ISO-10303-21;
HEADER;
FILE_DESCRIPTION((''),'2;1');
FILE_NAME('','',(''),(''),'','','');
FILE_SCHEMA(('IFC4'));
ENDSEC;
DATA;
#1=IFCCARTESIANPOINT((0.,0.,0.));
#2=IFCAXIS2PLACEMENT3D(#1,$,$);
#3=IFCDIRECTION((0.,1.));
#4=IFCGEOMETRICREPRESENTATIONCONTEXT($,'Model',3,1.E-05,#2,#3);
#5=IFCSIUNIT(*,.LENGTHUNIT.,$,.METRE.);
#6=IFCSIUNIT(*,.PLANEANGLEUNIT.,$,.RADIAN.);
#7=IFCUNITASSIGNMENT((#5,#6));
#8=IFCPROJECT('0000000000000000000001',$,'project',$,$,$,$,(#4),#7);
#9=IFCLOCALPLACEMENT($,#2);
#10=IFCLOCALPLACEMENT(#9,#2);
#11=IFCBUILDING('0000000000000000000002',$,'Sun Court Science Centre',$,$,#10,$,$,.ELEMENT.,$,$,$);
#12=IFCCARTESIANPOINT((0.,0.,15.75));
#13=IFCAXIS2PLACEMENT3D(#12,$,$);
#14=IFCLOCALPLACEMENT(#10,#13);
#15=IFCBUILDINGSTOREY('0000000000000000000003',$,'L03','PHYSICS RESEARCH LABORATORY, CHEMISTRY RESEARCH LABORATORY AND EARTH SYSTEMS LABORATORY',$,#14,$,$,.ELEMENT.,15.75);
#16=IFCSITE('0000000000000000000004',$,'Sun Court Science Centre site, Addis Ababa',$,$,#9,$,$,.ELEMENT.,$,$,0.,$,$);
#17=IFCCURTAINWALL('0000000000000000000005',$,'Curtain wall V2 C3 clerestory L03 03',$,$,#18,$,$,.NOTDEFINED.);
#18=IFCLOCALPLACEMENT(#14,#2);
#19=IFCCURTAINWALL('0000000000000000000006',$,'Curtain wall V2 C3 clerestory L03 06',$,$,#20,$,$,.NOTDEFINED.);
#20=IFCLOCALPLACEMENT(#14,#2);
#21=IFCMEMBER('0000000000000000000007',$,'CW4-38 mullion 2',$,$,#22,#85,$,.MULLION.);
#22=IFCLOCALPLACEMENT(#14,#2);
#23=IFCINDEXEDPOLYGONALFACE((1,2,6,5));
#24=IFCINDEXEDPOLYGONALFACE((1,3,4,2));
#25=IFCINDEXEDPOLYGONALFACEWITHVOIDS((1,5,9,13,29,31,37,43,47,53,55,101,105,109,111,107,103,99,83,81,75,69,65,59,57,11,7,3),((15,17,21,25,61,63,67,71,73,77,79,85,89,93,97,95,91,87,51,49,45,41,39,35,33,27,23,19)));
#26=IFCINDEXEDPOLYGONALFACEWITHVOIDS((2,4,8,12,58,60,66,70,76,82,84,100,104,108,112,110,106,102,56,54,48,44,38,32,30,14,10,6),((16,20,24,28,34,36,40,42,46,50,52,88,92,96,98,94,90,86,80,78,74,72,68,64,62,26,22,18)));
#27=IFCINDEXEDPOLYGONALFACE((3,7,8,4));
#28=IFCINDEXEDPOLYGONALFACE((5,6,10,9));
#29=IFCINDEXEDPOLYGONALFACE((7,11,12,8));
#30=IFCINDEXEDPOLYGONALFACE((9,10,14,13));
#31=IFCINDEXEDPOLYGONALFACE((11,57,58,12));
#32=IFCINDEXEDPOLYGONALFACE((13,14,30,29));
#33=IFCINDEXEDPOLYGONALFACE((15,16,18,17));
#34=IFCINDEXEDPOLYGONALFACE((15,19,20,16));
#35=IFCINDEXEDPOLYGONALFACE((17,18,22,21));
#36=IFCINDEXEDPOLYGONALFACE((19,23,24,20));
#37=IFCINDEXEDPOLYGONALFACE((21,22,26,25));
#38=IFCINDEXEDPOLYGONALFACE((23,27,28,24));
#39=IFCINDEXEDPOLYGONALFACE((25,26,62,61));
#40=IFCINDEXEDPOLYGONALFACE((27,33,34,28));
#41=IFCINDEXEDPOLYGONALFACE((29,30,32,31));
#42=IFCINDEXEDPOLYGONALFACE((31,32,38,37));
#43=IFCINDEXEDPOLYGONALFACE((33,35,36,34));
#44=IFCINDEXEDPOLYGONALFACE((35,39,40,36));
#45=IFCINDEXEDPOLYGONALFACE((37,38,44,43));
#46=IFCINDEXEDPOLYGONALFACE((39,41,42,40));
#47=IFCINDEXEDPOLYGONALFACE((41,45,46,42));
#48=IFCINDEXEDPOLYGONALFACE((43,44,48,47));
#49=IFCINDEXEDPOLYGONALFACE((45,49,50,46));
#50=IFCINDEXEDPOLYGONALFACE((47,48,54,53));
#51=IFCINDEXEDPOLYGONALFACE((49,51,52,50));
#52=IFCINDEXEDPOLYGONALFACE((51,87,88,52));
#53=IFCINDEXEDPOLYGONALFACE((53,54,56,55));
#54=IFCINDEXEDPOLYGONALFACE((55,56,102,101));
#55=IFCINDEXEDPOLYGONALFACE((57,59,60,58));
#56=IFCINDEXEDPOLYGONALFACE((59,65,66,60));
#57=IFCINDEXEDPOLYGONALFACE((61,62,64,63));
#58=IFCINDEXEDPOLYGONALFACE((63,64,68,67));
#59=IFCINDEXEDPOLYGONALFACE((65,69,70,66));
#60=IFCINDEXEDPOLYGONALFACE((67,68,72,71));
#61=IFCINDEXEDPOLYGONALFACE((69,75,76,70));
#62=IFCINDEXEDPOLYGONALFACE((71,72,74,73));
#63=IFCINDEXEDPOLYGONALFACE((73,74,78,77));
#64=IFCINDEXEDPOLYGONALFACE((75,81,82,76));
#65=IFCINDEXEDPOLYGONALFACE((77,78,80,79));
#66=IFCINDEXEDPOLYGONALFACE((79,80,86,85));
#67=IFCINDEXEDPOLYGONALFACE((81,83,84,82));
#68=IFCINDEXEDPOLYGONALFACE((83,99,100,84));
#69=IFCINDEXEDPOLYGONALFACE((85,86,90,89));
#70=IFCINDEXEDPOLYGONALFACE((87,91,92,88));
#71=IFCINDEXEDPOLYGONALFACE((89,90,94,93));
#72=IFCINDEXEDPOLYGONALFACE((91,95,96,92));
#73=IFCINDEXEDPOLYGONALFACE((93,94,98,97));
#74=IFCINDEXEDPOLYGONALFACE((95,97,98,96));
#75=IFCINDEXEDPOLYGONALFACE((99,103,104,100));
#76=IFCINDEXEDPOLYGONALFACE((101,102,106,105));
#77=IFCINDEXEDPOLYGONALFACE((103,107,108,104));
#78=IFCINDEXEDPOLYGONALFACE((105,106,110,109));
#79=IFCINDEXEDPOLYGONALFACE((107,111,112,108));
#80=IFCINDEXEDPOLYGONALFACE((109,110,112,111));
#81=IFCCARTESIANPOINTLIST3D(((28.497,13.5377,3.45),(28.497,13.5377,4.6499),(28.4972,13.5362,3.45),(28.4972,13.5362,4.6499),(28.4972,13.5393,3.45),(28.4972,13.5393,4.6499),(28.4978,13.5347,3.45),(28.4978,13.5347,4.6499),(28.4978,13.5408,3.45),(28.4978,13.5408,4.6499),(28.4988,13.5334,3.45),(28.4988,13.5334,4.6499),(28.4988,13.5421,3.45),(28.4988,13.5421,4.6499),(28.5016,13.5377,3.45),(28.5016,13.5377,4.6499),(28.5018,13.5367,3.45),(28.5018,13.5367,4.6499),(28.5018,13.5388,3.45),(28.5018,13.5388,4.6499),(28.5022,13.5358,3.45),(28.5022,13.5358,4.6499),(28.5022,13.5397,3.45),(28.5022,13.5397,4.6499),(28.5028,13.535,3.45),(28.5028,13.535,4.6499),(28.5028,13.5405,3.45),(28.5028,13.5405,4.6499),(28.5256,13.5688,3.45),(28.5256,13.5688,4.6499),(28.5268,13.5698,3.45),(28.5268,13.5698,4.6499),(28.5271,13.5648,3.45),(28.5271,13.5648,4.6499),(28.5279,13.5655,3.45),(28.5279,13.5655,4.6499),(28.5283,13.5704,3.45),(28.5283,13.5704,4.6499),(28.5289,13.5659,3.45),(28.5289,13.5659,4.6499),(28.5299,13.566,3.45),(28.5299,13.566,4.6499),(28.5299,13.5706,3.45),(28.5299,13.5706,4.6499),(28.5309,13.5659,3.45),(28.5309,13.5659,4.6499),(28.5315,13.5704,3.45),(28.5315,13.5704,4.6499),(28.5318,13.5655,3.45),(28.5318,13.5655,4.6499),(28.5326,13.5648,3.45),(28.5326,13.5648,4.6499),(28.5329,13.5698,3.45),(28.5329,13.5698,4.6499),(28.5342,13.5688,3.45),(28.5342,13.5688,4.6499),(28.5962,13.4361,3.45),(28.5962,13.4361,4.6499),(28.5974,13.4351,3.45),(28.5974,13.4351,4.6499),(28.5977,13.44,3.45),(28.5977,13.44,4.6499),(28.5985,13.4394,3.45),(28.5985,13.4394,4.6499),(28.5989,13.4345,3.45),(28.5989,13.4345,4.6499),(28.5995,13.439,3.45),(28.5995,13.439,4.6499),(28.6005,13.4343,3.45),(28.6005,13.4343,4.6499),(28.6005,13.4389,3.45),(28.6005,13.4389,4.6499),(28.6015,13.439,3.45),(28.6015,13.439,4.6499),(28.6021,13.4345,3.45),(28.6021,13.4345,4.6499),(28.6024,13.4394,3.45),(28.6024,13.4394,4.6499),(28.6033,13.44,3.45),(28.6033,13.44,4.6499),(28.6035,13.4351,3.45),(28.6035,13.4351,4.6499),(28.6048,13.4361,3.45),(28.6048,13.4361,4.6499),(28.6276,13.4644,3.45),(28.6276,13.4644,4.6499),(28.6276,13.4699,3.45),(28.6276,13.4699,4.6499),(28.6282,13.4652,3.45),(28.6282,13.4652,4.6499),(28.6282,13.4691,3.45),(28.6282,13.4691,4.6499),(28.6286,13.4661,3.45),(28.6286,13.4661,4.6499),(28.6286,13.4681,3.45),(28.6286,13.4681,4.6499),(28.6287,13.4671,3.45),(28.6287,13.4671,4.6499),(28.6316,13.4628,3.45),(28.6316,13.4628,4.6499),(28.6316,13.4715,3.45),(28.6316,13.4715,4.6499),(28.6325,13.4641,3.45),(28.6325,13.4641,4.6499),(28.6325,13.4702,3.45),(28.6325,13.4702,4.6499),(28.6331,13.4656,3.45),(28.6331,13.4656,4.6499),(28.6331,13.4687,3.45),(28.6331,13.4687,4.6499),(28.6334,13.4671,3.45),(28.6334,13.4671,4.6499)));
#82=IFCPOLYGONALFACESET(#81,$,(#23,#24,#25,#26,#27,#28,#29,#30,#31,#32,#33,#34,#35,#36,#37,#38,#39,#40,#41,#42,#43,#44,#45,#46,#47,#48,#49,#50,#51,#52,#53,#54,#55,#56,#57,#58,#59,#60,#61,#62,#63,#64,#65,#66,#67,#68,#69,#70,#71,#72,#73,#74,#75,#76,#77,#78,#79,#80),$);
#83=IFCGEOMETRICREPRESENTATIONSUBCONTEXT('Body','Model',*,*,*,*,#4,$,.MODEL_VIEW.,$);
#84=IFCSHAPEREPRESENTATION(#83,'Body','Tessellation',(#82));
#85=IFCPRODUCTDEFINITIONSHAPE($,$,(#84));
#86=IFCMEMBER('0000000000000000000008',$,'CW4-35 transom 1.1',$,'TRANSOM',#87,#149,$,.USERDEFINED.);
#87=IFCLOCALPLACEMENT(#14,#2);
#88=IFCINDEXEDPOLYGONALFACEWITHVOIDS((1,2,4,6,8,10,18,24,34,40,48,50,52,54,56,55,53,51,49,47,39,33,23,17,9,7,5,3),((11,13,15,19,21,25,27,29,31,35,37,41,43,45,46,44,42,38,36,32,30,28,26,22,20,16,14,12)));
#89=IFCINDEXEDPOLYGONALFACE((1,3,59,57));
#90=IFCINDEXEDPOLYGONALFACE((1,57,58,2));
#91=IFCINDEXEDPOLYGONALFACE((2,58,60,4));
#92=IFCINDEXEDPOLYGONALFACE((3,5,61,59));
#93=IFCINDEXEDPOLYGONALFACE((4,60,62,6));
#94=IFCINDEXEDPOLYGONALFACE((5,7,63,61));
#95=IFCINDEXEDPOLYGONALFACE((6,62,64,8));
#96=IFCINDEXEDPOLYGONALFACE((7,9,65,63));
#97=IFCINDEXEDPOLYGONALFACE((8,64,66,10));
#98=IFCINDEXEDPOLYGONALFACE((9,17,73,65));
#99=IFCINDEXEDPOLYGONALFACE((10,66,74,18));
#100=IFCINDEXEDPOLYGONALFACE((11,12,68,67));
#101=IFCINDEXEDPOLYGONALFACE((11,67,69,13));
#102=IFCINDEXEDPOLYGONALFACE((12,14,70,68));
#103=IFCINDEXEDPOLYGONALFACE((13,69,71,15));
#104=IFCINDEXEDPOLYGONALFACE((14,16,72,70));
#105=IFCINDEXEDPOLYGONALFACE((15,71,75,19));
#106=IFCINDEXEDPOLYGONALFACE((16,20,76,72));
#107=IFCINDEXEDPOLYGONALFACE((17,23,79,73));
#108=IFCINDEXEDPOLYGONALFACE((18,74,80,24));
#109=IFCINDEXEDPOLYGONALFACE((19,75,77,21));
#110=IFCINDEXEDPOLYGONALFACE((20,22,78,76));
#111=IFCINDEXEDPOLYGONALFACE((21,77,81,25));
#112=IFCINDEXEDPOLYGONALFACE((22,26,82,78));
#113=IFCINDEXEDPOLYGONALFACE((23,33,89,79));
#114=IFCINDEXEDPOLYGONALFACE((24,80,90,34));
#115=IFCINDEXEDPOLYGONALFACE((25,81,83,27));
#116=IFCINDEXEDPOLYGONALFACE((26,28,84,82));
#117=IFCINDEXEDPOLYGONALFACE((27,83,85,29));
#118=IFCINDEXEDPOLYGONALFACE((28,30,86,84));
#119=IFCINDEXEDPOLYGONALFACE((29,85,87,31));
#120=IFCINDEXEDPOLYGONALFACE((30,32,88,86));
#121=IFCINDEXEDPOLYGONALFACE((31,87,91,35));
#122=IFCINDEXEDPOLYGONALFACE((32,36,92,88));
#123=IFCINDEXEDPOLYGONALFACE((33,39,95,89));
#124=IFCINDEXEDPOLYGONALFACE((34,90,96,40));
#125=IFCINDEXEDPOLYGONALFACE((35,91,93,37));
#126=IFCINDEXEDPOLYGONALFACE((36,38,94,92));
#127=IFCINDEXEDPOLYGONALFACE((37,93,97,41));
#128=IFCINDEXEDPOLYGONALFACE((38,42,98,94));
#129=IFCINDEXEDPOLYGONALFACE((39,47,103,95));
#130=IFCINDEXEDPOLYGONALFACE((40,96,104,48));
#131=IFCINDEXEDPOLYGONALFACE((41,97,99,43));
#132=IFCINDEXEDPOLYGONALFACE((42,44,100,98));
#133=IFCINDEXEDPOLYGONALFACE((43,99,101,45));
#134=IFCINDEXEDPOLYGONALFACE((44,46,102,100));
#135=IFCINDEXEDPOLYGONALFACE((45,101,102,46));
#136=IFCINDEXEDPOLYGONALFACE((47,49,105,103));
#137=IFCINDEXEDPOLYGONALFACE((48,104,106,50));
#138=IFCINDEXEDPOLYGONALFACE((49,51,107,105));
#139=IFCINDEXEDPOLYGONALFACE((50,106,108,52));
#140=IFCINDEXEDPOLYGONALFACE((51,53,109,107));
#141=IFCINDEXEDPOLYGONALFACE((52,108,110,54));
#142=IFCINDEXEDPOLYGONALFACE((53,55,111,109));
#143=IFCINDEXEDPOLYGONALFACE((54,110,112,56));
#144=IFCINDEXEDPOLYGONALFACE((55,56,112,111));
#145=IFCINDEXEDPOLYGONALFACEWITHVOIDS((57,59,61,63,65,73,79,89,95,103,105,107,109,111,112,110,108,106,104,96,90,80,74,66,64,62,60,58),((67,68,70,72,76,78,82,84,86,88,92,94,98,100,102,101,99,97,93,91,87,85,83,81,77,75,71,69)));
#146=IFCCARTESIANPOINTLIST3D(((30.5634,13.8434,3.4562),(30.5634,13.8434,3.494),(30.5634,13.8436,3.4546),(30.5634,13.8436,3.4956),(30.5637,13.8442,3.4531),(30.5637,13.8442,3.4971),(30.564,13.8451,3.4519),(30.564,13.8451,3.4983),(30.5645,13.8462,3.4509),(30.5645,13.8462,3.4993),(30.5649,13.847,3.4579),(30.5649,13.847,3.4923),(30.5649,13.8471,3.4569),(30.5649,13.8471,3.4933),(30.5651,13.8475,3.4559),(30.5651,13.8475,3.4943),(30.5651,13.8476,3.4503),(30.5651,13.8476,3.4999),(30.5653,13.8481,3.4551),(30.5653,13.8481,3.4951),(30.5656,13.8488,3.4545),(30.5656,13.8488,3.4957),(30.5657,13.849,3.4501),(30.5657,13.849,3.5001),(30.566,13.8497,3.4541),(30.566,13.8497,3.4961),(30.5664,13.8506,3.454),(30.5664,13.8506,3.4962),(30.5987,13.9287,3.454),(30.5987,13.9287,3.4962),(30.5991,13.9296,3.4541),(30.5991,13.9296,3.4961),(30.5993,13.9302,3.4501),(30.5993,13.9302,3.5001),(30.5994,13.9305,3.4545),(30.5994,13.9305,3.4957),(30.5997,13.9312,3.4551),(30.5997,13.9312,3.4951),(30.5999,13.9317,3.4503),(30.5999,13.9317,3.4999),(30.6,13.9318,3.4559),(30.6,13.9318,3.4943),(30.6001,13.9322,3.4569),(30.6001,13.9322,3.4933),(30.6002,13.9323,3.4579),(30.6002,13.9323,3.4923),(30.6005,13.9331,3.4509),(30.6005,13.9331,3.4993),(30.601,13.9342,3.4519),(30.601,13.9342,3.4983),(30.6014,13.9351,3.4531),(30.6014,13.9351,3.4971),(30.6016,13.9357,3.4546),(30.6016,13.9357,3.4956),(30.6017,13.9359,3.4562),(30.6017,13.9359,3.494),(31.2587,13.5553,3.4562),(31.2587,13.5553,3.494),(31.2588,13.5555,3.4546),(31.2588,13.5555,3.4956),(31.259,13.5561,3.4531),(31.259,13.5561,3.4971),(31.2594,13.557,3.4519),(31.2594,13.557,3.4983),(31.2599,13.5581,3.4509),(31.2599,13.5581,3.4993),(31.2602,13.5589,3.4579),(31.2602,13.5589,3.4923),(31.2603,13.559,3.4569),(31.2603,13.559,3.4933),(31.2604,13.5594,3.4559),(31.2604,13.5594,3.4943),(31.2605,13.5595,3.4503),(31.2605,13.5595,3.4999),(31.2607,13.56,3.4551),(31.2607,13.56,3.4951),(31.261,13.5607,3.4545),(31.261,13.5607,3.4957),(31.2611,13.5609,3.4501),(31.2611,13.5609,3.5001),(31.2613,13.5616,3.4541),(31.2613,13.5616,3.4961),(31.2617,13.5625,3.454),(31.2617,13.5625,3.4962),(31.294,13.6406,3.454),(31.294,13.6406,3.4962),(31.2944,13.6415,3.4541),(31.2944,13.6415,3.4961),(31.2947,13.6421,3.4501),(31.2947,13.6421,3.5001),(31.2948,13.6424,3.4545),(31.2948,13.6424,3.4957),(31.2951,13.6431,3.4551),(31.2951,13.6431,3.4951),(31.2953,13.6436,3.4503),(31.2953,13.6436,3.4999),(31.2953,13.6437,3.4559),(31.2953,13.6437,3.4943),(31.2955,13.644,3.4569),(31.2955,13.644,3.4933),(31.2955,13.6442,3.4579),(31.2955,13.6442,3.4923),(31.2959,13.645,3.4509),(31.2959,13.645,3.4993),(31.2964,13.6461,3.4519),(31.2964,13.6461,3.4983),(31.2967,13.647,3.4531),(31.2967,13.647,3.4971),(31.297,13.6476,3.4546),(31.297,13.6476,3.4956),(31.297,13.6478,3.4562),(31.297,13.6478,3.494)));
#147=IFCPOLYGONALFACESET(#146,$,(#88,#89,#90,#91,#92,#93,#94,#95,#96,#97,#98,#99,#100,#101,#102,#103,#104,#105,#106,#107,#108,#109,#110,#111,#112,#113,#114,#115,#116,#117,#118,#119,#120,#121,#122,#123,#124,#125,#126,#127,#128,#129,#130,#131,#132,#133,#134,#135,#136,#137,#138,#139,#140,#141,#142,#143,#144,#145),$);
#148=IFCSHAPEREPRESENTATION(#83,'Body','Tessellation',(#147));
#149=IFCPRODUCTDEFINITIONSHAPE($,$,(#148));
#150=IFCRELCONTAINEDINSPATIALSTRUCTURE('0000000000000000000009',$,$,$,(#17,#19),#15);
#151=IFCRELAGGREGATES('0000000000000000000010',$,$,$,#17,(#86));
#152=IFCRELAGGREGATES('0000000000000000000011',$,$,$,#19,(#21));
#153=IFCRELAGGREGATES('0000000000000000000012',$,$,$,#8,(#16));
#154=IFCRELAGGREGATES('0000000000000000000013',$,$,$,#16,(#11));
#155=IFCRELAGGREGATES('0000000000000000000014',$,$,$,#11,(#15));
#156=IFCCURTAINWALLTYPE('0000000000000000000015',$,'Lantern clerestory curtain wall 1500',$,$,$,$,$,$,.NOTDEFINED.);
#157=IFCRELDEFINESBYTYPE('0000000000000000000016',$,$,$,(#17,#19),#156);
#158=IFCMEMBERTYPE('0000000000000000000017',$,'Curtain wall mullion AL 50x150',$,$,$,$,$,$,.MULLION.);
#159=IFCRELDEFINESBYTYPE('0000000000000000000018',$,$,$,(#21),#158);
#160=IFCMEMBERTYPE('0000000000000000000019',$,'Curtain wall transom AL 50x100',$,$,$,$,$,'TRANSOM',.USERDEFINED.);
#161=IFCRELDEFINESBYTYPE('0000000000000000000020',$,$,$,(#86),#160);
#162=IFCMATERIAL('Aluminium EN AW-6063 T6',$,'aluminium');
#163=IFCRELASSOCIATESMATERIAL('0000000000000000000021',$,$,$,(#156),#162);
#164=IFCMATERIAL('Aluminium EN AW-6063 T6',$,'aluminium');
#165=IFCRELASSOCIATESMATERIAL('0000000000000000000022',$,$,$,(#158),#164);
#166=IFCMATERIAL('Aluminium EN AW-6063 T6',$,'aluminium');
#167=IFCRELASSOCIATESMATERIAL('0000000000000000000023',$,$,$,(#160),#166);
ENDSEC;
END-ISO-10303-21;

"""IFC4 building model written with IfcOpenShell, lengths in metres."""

from ifc_helpers import new_model, si_unit, direction, frame, origin, origin_2d, place, context, subcontext, project, spatial, hollow_rectangle, extrude, material, material_profile, profile_set, type_object, element, aggregate, save


model = new_model("IFC4")

# Units and contexts
model_context = context("Model", 3, precision=1e-05, world=origin(), true_north=direction((0.0, 1.0)))
body_context = subcontext(model_context, "Body", "Model", "MODEL_VIEW")
ifc_project = project(units=[si_unit("LENGTHUNIT", "METRE"), si_unit("PLANEANGLEUNIT", "RADIAN")], contexts=[model_context])

# Site, building, storey
site_placement = place(None, origin())
site = spatial("IfcSite", under=ifc_project, at=site_placement, Name="Sun Court Science Centre site, Addis Ababa", CompositionType="ELEMENT", RefElevation=0.0)
building_placement = place(site_placement, origin())
building = spatial("IfcBuilding", under=site, at=building_placement, Name="Sun Court Science Centre", CompositionType="ELEMENT")
storey_placement = place(building_placement, frame((0.0, 0.0, 15.75)))
storey = spatial("IfcBuildingStorey", under=building, at=storey_placement, Name="L03", Description="PHYSICS RESEARCH LABORATORY, CHEMISTRY RESEARCH LABORATORY AND EARTH SYSTEMS LABORATORY", CompositionType="ELEMENT", Elevation=15.75)

# Curtain wall
ifc_material_1 = material(Name="Aluminium EN AW-6063 T6", Category="aluminium")
curtain_wall_type = type_object("IfcCurtainWallType", Name="Lantern clerestory curtain wall 1500", PredefinedType="NOTDEFINED", material=ifc_material_1)
curtain_wall_1_placement = place(storey_placement, origin())
curtain_wall_1 = element("IfcCurtainWall", 1, at=curtain_wall_1_placement, inside=storey, type_object=curtain_wall_type, Name="Curtain wall V2 C3 clerestory L03 03", PredefinedType="NOTDEFINED")
ifc_material_2 = material(Name="Aluminium EN AW-6063 T6", Category="aluminium")
ifc_material_profile_1 = material_profile(ifc_material_2, hollow_rectangle(XDim=0.05, YDim=0.1499, WallThickness=0.0039, InnerFilletRadius=0.0039, OuterFilletRadius=0.0061, at=origin_2d()), Name="AL 50x150x4")
ifc_profile_set_1 = profile_set([ifc_material_profile_1], Name="Aluminium EN AW-6063 T6")
member_type_1 = type_object("IfcMemberType", Name="Curtain wall mullion AL 50x150", PredefinedType="MULLION", material=ifc_profile_set_1)

# Curtain wall, member
curtain_wall_2_placement = place(storey_placement, origin())
curtain_wall_2 = element("IfcCurtainWall", 2, at=curtain_wall_2_placement, inside=storey, type_object=curtain_wall_type, Name="Curtain wall V2 C3 clerestory L03 06", PredefinedType="NOTDEFINED")
member_1_placement = place(storey_placement, frame((28.5652, 13.5024, 3.45), z_axis=(0.0, 0.0, 1.0), x_axis=(0.707107, 0.707107, 0.0)))
member_1 = element("IfcMember", 3, at=member_1_placement, type_object=member_type_1, Name="CW4-38 mullion 2", PredefinedType="MULLION", context=body_context, shape_type="SweptSolid", body=[
    extrude(hollow_rectangle(XDim=0.05, YDim=0.1499, WallThickness=0.0039, InnerFilletRadius=0.0039, OuterFilletRadius=0.0061, at=origin_2d()), origin(), (0.0, 0.0, 1.0), 1.2),
])

# Member
ifc_material_3 = material(Name="Aluminium EN AW-6063 T6", Category="aluminium")
ifc_material_profile_2 = material_profile(ifc_material_3, hollow_rectangle(XDim=0.05, YDim=0.1001, WallThickness=0.0039, InnerFilletRadius=0.0039, OuterFilletRadius=0.0061, at=origin_2d()), Name="AL 50x100x4")
ifc_profile_set_2 = profile_set([ifc_material_profile_2], Name="Aluminium EN AW-6063 T6")
member_type_2 = type_object("IfcMemberType", Name="Curtain wall transom AL 50x100", ElementType="TRANSOM", PredefinedType="USERDEFINED", material=ifc_profile_set_2)
member_2_placement = place(storey_placement, frame((30.5825, 13.8896, 3.4751), z_axis=(0.923843, -0.382772, 0.0), x_axis=(0.0, 0.0, 1.0)))
member_2 = element("IfcMember", 4, at=member_2_placement, type_object=member_type_2, Name="CW4-35 transom 1.1", ObjectType="TRANSOM", PredefinedType="USERDEFINED", context=body_context, shape_type="SweptSolid", body=[
    extrude(hollow_rectangle(XDim=0.05, YDim=0.1001, WallThickness=0.0039, InnerFilletRadius=0.0039, OuterFilletRadius=0.0061, at=origin_2d()), origin(), (0.0, 0.0, 1.0), 0.7527),
])
aggregate(curtain_wall_1, [member_2])

aggregate(curtain_wall_2, [member_1])

save(model, "model.ifc")
